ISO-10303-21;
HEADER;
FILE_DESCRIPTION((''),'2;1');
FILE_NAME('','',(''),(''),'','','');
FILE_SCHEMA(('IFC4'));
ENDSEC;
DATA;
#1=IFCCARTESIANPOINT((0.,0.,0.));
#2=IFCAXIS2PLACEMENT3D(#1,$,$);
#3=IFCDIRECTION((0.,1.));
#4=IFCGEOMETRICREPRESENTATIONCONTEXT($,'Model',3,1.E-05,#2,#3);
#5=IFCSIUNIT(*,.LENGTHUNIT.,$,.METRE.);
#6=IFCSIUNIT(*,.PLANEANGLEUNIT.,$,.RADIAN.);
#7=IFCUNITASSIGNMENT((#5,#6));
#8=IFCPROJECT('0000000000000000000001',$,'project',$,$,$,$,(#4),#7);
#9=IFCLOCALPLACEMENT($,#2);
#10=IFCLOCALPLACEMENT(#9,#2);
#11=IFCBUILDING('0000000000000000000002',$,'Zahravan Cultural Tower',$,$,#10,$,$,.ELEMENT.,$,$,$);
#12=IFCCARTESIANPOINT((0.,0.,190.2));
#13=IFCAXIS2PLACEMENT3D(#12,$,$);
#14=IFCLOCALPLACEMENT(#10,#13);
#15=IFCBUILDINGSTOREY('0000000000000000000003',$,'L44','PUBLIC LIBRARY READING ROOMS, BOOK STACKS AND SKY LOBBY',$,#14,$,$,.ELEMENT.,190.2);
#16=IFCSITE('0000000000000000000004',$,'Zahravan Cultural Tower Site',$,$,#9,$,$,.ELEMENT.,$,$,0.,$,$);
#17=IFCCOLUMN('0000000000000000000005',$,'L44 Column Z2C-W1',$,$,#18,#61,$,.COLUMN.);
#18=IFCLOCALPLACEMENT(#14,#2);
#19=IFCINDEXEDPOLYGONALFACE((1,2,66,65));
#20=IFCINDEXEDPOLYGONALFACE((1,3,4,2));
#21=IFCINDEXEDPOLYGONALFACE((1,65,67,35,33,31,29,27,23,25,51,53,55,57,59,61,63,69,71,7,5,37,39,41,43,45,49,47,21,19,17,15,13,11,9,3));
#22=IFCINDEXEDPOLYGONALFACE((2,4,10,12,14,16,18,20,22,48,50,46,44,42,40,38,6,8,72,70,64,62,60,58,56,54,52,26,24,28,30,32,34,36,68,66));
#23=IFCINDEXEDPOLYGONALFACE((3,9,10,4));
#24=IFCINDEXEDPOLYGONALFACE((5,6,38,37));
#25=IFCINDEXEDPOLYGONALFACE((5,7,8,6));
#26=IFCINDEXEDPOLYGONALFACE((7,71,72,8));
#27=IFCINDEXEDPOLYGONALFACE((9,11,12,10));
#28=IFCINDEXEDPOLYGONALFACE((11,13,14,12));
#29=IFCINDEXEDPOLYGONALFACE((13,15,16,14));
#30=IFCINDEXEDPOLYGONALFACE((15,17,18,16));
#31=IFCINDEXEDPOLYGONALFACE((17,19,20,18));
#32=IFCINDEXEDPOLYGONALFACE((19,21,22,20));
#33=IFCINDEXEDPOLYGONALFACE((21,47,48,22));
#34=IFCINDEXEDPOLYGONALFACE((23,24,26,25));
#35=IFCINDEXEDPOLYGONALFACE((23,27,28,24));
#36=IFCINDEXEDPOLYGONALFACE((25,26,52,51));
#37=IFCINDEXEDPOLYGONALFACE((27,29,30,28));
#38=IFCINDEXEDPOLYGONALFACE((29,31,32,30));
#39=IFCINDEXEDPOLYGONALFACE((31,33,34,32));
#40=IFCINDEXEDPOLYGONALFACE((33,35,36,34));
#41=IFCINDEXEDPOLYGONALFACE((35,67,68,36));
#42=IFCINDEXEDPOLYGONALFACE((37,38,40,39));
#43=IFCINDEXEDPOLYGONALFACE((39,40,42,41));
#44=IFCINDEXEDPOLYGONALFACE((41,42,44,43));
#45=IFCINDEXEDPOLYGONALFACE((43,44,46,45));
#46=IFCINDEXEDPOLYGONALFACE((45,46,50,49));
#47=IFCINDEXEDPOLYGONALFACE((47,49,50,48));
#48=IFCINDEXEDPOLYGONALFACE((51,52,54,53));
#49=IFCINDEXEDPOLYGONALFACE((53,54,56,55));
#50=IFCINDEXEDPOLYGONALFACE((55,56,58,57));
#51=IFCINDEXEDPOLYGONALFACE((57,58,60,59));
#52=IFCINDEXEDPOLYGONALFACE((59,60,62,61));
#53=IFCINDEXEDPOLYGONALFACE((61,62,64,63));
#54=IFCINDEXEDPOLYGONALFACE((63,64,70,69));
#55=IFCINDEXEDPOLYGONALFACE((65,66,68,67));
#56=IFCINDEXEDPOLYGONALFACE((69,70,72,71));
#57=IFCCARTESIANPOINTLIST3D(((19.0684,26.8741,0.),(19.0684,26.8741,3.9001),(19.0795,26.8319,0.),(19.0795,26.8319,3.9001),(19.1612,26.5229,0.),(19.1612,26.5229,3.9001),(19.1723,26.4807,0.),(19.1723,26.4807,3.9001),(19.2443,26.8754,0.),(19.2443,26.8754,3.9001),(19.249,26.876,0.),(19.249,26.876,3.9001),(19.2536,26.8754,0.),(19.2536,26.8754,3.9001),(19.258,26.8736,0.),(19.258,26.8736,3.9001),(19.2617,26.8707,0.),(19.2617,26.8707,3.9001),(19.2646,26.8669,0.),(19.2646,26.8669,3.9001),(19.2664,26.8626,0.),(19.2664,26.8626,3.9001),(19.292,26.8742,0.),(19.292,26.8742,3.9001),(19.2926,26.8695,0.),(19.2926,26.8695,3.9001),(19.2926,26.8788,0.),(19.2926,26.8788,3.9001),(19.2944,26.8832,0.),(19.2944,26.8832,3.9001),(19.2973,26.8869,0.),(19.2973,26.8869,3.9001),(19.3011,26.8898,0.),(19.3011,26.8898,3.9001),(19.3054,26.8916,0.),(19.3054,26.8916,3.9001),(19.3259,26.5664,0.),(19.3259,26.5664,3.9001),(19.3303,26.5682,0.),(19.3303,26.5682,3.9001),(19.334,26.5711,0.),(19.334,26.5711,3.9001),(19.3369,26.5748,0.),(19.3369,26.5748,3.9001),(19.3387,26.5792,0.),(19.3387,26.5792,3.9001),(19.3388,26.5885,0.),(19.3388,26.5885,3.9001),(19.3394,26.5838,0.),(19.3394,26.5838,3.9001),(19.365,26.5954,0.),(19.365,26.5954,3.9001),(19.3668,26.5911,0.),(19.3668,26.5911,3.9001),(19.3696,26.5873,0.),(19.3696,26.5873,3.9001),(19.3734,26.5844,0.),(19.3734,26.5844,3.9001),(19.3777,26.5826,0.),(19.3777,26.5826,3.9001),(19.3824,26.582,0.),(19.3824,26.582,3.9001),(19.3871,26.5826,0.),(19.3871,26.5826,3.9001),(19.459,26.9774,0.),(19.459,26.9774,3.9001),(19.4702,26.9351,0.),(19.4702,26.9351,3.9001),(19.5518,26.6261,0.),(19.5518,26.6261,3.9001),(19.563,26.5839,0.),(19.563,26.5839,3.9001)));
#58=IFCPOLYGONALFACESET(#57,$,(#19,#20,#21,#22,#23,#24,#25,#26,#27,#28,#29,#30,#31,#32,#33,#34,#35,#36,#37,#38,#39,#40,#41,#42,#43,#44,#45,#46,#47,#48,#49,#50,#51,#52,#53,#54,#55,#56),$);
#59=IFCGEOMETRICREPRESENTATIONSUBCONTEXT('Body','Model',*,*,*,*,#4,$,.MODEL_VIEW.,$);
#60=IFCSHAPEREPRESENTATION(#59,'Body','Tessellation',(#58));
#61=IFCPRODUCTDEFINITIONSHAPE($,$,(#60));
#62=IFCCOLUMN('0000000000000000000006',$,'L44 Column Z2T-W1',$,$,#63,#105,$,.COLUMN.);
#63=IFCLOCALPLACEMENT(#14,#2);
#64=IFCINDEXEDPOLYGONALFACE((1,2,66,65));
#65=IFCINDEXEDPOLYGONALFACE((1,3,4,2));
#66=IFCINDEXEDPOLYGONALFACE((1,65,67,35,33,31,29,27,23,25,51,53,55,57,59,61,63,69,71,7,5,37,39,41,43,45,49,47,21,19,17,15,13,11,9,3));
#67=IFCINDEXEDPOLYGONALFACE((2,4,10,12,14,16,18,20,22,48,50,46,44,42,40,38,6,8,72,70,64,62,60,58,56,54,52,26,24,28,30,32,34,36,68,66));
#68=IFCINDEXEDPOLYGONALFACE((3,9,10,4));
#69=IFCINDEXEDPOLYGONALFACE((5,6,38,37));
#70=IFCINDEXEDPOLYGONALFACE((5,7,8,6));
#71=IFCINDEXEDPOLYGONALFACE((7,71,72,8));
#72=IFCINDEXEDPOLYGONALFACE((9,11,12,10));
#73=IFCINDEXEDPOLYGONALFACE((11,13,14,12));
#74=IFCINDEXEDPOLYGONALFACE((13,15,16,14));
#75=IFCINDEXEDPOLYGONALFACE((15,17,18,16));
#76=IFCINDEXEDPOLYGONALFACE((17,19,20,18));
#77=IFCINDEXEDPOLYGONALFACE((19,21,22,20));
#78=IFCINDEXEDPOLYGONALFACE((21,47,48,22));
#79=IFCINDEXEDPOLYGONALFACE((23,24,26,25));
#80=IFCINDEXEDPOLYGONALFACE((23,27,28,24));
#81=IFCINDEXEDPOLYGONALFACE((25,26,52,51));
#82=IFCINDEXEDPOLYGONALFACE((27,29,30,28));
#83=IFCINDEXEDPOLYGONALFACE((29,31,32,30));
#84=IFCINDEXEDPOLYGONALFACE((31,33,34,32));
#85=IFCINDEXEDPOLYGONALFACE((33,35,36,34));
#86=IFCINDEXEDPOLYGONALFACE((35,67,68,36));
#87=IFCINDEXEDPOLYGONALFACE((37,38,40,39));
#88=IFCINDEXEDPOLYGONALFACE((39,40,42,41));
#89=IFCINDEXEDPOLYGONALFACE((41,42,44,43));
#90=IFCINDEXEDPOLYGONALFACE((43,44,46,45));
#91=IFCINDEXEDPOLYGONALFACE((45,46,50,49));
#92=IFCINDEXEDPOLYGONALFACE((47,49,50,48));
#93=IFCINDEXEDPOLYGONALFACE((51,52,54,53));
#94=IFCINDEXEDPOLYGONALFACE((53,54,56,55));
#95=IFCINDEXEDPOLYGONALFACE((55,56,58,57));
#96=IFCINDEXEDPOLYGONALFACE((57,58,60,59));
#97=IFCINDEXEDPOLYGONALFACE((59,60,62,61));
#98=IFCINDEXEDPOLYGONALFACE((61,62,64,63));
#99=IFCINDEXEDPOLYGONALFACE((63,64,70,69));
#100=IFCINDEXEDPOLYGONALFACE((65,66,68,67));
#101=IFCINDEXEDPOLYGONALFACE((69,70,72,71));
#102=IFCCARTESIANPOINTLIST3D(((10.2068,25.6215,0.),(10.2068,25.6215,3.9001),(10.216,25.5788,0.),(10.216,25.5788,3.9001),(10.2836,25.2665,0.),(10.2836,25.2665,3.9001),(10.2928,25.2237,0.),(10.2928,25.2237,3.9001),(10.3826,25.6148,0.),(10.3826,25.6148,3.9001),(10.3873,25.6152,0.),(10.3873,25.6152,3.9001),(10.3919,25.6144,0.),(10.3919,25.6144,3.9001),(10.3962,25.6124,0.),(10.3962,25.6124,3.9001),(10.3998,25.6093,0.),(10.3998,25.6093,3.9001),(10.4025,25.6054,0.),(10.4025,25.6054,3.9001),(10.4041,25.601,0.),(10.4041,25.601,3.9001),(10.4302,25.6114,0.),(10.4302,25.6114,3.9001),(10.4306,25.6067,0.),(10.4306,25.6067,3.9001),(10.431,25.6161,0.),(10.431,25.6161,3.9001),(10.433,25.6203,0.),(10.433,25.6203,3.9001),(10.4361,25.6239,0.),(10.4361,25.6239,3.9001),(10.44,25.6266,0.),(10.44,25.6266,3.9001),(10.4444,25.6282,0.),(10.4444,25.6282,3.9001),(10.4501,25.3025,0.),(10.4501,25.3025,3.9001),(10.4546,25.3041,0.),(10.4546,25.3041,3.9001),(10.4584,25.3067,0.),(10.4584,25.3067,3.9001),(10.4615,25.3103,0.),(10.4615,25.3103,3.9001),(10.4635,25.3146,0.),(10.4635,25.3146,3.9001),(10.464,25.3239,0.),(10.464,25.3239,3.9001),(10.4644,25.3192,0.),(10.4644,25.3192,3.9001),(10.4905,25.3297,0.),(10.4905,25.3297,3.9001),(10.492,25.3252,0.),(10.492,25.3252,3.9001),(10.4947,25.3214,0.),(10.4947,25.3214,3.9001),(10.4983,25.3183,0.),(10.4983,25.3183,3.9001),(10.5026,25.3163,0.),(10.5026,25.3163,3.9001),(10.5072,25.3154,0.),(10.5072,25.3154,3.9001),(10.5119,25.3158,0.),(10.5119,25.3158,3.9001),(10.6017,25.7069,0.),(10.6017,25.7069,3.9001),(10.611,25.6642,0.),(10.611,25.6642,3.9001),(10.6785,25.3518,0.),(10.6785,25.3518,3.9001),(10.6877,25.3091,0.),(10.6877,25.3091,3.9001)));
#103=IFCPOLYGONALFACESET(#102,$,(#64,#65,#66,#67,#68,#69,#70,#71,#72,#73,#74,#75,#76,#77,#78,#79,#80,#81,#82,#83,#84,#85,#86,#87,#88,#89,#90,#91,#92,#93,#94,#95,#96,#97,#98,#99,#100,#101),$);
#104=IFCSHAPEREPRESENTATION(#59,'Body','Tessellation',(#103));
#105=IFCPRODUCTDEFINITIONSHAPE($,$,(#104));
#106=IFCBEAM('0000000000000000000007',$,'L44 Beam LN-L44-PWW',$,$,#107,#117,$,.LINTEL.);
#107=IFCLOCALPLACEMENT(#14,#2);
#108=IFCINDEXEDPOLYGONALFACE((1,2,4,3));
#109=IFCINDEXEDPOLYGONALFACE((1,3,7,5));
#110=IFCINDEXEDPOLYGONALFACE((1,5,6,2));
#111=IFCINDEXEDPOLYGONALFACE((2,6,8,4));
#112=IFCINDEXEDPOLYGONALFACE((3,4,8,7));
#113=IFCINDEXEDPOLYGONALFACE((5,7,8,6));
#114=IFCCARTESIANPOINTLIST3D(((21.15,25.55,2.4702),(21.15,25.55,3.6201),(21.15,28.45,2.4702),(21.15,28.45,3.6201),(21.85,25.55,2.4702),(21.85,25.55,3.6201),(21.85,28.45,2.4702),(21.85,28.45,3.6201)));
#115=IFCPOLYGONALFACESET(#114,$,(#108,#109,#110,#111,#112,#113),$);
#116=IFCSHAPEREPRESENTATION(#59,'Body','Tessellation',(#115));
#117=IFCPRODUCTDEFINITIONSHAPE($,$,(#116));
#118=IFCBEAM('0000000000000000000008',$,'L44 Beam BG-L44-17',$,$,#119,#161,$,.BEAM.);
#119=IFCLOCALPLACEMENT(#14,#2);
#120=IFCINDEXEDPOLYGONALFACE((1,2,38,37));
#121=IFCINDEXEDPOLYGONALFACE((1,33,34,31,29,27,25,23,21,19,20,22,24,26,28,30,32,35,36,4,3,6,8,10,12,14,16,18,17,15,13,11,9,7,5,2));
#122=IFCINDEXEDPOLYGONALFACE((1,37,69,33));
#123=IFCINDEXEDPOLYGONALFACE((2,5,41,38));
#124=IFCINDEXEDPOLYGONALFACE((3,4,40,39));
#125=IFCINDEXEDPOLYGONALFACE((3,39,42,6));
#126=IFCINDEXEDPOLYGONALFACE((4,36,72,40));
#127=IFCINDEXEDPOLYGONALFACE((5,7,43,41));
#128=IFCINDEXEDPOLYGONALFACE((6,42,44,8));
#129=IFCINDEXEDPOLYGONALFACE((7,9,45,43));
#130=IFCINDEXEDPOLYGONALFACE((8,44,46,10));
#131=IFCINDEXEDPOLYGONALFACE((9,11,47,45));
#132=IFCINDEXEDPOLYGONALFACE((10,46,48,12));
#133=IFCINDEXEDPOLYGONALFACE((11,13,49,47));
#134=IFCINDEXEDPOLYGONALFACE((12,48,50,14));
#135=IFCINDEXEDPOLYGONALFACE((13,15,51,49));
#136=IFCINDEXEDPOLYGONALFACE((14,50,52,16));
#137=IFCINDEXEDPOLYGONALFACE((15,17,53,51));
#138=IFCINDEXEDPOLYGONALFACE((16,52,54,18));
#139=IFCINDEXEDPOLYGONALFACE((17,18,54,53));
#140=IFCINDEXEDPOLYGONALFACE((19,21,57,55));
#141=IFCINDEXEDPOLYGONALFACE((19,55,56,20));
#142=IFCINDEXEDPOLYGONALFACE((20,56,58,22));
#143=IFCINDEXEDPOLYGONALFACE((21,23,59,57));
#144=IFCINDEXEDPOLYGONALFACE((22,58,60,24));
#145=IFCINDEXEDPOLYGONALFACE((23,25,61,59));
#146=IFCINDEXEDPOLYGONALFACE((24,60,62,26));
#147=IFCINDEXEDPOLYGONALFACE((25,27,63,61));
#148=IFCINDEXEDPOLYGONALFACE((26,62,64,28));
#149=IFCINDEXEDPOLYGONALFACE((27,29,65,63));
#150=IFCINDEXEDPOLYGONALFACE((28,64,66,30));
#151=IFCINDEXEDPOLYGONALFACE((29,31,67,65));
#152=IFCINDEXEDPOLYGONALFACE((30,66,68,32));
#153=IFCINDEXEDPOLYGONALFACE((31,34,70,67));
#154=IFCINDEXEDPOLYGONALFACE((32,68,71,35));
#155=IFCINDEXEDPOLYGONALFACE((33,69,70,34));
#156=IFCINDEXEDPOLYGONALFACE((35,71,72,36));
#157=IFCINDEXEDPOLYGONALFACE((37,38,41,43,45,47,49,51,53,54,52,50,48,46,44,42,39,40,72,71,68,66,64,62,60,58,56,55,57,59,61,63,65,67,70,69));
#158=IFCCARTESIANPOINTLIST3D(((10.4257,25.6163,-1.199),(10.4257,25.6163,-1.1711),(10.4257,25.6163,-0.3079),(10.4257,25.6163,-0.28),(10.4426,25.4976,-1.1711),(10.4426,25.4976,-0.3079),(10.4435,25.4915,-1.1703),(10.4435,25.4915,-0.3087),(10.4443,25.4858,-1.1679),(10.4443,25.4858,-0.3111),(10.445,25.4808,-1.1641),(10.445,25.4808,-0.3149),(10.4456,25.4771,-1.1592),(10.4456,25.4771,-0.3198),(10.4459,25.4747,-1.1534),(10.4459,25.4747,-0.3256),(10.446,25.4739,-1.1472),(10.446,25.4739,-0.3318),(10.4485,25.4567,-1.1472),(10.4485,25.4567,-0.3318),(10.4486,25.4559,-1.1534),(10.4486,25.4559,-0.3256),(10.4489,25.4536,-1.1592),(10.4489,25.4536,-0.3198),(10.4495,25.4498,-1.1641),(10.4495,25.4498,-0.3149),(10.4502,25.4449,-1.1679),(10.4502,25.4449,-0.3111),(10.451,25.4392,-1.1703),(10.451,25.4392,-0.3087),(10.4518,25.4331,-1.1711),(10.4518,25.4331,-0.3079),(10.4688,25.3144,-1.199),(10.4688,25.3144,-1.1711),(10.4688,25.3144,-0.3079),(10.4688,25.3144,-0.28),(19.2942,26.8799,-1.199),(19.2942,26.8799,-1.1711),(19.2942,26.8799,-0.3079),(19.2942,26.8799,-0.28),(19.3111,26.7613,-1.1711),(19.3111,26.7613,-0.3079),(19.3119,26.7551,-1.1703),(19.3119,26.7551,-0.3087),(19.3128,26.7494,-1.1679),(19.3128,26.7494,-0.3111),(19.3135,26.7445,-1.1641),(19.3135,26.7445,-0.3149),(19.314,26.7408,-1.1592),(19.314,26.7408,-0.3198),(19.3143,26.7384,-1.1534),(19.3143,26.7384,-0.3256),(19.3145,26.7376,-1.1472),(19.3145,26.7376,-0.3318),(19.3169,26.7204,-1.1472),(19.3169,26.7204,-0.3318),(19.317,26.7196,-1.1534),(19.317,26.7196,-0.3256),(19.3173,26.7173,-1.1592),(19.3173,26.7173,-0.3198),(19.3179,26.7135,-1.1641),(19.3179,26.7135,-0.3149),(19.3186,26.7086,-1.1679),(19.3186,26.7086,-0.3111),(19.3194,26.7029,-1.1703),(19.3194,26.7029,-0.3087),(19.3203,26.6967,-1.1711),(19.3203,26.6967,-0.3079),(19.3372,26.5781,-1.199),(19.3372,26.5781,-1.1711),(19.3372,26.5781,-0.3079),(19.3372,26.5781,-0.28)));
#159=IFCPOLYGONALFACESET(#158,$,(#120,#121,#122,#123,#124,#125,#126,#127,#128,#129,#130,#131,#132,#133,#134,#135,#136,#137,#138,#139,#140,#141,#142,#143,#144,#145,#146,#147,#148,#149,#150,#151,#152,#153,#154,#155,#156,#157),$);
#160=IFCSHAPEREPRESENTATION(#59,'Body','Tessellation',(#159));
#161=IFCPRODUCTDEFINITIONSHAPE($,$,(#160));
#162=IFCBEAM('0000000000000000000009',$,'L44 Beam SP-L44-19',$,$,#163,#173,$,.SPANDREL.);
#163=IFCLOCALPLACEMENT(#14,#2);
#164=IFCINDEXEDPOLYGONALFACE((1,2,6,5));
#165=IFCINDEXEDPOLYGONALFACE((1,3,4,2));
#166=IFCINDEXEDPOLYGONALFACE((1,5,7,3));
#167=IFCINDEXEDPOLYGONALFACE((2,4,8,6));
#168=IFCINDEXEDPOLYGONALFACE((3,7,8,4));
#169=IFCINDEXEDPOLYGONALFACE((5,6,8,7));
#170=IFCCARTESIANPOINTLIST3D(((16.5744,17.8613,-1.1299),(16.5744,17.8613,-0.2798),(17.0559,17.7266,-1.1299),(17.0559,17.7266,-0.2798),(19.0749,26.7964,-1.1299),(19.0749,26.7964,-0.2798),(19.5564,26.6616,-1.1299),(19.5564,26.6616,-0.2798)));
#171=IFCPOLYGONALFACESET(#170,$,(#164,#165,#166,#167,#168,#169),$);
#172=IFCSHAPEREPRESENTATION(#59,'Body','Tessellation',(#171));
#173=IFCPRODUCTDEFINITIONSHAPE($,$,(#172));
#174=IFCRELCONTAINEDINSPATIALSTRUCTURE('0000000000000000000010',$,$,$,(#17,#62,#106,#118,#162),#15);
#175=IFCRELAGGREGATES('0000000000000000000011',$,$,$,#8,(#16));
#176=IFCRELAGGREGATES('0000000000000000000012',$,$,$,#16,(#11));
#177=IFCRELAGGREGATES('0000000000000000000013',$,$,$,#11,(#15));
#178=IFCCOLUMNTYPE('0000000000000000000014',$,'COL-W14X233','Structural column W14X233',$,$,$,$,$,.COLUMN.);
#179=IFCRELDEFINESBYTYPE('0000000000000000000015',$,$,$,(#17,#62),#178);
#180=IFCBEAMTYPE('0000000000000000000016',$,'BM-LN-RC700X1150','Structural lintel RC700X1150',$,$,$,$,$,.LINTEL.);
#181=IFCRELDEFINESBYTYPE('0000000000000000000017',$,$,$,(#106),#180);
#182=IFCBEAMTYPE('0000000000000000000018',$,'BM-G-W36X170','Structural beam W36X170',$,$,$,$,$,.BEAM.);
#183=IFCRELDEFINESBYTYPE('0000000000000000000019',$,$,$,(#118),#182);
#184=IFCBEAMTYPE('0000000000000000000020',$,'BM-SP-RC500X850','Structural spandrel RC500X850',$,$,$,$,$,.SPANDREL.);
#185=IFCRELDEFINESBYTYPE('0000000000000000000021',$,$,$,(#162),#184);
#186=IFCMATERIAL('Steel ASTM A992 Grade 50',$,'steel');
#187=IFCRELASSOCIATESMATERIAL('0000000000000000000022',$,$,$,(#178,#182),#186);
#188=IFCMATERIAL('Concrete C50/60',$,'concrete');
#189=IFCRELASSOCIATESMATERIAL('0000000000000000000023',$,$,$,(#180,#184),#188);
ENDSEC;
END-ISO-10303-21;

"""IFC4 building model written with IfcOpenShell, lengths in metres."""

from ifc_helpers import new_model, si_unit, direction, frame, origin, origin_2d, place, context, subcontext, project, spatial, rectangle, i_section, extrude, source, transform, mapped, material, material_profile, profile_set, type_object, element, save


model = new_model("IFC4")

# Units and contexts
model_context = context("Model", 3, precision=1e-05, world=origin(), true_north=direction((0.0, 1.0)))
body_context = subcontext(model_context, "Body", "Model", "MODEL_VIEW")
ifc_project = project(units=[si_unit("LENGTHUNIT", "METRE"), si_unit("PLANEANGLEUNIT", "RADIAN")], contexts=[model_context])

# Site, building, storey
site_placement = place(None, origin())
site = spatial("IfcSite", under=ifc_project, at=site_placement, Name="Zahravan Cultural Tower Site", CompositionType="ELEMENT", RefElevation=0.0)
building_placement = place(site_placement, origin())
building = spatial("IfcBuilding", under=site, at=building_placement, Name="Zahravan Cultural Tower", CompositionType="ELEMENT")
storey_placement = place(building_placement, frame((0.0, 0.0, 190.2)))
storey = spatial("IfcBuildingStorey", under=building, at=storey_placement, Name="L44", Description="PUBLIC LIBRARY READING ROOMS, BOOK STACKS AND SKY LOBBY", CompositionType="ELEMENT", Elevation=190.2)

# Columns
ifc_material_1 = material(Name="Steel ASTM A992 Grade 50", Category="steel")
ifc_material_profile_1 = material_profile(ifc_material_1, i_section(OverallWidth=0.4041, OverallDepth=0.407, WebThickness=0.0271, FlangeThickness=0.0437, FilletRadius=0.0181, at=origin_2d()), Name="W14X233")
ifc_profile_set_1 = profile_set([ifc_material_profile_1], Name="Steel ASTM A992 Grade 50")
column_type = type_object("IfcColumnType", Name="COL-W14X233", Description="Structural column W14X233", PredefinedType="COLUMN", material=ifc_profile_set_1)
shared_shape_1 = source(origin(), body_context, "Body", "SweptSolid", [
    extrude(i_section(OverallWidth=0.4041, OverallDepth=0.407, WebThickness=0.0271, FlangeThickness=0.0437, FilletRadius=0.0181, at=origin_2d()), origin(), (0.0, 0.0, 1.0), 3.9001),
])
for number, where, z_axis, x_axis, name in (
    (1, (19.3157, 26.729, 0.0), (0.0, 0.0, 1.0), (0.966823, 0.255446, 0.0), "L44 Column Z2C-W1"),
    (2, (10.4473, 25.4653, 0.0), (0.0, 0.0, 1.0), (0.977416, 0.211325, 0.0), "L44 Column Z2T-W1"),
):
    element("IfcColumn", number, at=place(storey_placement, frame(where, z_axis=z_axis, x_axis=x_axis)), inside=storey, type_object=column_type, Name=name, PredefinedType="COLUMN", context=body_context, shape_type="MappedRepresentation", body=[
        mapped(shared_shape_1, transform((0.0, 0.0, 0.0), x_axis=(1.0, 0.0, 0.0), y_axis=(0.0, 1.0, 0.0), z_axis=(0.0, 0.0, 1.0), scale=1.0)),
    ])

# Beams
ifc_material_2 = material(Name="Concrete C50/60", Category="concrete")
ifc_material_profile_2 = material_profile(ifc_material_2, rectangle(XDim=0.7, YDim=1.1499, at=origin_2d()), Name="RC700X1150")
ifc_profile_set_2 = profile_set([ifc_material_profile_2], Name="Concrete C50/60")
beam_type_1 = type_object("IfcBeamType", Name="BM-LN-RC700X1150", Description="Structural lintel RC700X1150", PredefinedType="LINTEL", material=ifc_profile_set_2)
shared_shape_2 = source(origin(), body_context, "Body", "SweptSolid", [
    extrude(rectangle(XDim=0.7, YDim=1.1499, at=origin_2d()), origin(), (0.0, 0.0, 1.0), 2.8999),
])
beam_1_placement = place(storey_placement, frame((21.5, 25.55, 3.0452), z_axis=(0.0, 1.0, 0.0), x_axis=(-1.0, 0.0, 0.0)))
element("IfcBeam", 3, at=beam_1_placement, inside=storey, type_object=beam_type_1, Name="L44 Beam LN-L44-PWW", PredefinedType="LINTEL", context=body_context, shape_type="MappedRepresentation", body=[
    mapped(shared_shape_2, transform((0.0, 0.0, 0.0), x_axis=(1.0, 0.0, 0.0), y_axis=(0.0, 1.0, 0.0), z_axis=(0.0, 0.0, 1.0), scale=1.0)),
])
ifc_material_profile_3 = material_profile(ifc_material_1, i_section(OverallWidth=0.3049, OverallDepth=0.9189, WebThickness=0.0173, FlangeThickness=0.0278, FilletRadius=0.0239, at=origin_2d()), Name="W36X170")
ifc_profile_set_3 = profile_set([ifc_material_profile_3], Name="Steel ASTM A992 Grade 50")
beam_type_2 = type_object("IfcBeamType", Name="BM-G-W36X170", Description="Structural beam W36X170", PredefinedType="BEAM", material=ifc_profile_set_3)
shared_shape_3 = source(origin(), body_context, "Body", "SweptSolid", [
    extrude(i_section(OverallWidth=0.3049, OverallDepth=0.9189, WebThickness=0.0173, FlangeThickness=0.0278, FilletRadius=0.0239, at=origin_2d()), origin(), (0.0, 0.0, 1.0), 8.958),
])
beam_2_placement = place(storey_placement, frame((19.3157, 26.729, -0.7395), z_axis=(-0.99, -0.141067, 0.0), x_axis=(0.141067, -0.99, 0.0)))
element("IfcBeam", 4, at=beam_2_placement, inside=storey, type_object=beam_type_2, Name="L44 Beam BG-L44-17", PredefinedType="BEAM", context=body_context, shape_type="MappedRepresentation", body=[
    mapped(shared_shape_3, transform((0.0, 0.0, 0.0), x_axis=(1.0, 0.0, 0.0), y_axis=(0.0, 1.0, 0.0), z_axis=(0.0, 0.0, 1.0), scale=1.0)),
])
ifc_material_profile_4 = material_profile(ifc_material_2, rectangle(XDim=0.5, YDim=0.8501, at=origin_2d()), Name="RC500X850")
ifc_profile_set_4 = profile_set([ifc_material_profile_4], Name="Concrete C50/60")
beam_type_3 = type_object("IfcBeamType", Name="BM-SP-RC500X850", Description="Structural spandrel RC500X850", PredefinedType="SPANDREL", material=ifc_profile_set_4)
shared_shape_4 = source(origin(), body_context, "Body", "SweptSolid", [
    extrude(rectangle(XDim=0.5, YDim=0.8501, at=origin_2d()), origin(), (0.0, 0.0, 1.0), 9.2783),
])
beam_3_placement = place(storey_placement, frame((19.3157, 26.729, -0.7048), z_axis=(-0.269497, -0.963001, 0.0), x_axis=(0.963001, -0.269497, 0.0)))
element("IfcBeam", 5, at=beam_3_placement, inside=storey, type_object=beam_type_3, Name="L44 Beam SP-L44-19", PredefinedType="SPANDREL", context=body_context, shape_type="MappedRepresentation", body=[
    mapped(shared_shape_4, transform((0.0, 0.0, 0.0), x_axis=(1.0, 0.0, 0.0), y_axis=(0.0, 1.0, 0.0), z_axis=(0.0, 0.0, 1.0), scale=1.0)),
])

save(model, "model.ifc")
